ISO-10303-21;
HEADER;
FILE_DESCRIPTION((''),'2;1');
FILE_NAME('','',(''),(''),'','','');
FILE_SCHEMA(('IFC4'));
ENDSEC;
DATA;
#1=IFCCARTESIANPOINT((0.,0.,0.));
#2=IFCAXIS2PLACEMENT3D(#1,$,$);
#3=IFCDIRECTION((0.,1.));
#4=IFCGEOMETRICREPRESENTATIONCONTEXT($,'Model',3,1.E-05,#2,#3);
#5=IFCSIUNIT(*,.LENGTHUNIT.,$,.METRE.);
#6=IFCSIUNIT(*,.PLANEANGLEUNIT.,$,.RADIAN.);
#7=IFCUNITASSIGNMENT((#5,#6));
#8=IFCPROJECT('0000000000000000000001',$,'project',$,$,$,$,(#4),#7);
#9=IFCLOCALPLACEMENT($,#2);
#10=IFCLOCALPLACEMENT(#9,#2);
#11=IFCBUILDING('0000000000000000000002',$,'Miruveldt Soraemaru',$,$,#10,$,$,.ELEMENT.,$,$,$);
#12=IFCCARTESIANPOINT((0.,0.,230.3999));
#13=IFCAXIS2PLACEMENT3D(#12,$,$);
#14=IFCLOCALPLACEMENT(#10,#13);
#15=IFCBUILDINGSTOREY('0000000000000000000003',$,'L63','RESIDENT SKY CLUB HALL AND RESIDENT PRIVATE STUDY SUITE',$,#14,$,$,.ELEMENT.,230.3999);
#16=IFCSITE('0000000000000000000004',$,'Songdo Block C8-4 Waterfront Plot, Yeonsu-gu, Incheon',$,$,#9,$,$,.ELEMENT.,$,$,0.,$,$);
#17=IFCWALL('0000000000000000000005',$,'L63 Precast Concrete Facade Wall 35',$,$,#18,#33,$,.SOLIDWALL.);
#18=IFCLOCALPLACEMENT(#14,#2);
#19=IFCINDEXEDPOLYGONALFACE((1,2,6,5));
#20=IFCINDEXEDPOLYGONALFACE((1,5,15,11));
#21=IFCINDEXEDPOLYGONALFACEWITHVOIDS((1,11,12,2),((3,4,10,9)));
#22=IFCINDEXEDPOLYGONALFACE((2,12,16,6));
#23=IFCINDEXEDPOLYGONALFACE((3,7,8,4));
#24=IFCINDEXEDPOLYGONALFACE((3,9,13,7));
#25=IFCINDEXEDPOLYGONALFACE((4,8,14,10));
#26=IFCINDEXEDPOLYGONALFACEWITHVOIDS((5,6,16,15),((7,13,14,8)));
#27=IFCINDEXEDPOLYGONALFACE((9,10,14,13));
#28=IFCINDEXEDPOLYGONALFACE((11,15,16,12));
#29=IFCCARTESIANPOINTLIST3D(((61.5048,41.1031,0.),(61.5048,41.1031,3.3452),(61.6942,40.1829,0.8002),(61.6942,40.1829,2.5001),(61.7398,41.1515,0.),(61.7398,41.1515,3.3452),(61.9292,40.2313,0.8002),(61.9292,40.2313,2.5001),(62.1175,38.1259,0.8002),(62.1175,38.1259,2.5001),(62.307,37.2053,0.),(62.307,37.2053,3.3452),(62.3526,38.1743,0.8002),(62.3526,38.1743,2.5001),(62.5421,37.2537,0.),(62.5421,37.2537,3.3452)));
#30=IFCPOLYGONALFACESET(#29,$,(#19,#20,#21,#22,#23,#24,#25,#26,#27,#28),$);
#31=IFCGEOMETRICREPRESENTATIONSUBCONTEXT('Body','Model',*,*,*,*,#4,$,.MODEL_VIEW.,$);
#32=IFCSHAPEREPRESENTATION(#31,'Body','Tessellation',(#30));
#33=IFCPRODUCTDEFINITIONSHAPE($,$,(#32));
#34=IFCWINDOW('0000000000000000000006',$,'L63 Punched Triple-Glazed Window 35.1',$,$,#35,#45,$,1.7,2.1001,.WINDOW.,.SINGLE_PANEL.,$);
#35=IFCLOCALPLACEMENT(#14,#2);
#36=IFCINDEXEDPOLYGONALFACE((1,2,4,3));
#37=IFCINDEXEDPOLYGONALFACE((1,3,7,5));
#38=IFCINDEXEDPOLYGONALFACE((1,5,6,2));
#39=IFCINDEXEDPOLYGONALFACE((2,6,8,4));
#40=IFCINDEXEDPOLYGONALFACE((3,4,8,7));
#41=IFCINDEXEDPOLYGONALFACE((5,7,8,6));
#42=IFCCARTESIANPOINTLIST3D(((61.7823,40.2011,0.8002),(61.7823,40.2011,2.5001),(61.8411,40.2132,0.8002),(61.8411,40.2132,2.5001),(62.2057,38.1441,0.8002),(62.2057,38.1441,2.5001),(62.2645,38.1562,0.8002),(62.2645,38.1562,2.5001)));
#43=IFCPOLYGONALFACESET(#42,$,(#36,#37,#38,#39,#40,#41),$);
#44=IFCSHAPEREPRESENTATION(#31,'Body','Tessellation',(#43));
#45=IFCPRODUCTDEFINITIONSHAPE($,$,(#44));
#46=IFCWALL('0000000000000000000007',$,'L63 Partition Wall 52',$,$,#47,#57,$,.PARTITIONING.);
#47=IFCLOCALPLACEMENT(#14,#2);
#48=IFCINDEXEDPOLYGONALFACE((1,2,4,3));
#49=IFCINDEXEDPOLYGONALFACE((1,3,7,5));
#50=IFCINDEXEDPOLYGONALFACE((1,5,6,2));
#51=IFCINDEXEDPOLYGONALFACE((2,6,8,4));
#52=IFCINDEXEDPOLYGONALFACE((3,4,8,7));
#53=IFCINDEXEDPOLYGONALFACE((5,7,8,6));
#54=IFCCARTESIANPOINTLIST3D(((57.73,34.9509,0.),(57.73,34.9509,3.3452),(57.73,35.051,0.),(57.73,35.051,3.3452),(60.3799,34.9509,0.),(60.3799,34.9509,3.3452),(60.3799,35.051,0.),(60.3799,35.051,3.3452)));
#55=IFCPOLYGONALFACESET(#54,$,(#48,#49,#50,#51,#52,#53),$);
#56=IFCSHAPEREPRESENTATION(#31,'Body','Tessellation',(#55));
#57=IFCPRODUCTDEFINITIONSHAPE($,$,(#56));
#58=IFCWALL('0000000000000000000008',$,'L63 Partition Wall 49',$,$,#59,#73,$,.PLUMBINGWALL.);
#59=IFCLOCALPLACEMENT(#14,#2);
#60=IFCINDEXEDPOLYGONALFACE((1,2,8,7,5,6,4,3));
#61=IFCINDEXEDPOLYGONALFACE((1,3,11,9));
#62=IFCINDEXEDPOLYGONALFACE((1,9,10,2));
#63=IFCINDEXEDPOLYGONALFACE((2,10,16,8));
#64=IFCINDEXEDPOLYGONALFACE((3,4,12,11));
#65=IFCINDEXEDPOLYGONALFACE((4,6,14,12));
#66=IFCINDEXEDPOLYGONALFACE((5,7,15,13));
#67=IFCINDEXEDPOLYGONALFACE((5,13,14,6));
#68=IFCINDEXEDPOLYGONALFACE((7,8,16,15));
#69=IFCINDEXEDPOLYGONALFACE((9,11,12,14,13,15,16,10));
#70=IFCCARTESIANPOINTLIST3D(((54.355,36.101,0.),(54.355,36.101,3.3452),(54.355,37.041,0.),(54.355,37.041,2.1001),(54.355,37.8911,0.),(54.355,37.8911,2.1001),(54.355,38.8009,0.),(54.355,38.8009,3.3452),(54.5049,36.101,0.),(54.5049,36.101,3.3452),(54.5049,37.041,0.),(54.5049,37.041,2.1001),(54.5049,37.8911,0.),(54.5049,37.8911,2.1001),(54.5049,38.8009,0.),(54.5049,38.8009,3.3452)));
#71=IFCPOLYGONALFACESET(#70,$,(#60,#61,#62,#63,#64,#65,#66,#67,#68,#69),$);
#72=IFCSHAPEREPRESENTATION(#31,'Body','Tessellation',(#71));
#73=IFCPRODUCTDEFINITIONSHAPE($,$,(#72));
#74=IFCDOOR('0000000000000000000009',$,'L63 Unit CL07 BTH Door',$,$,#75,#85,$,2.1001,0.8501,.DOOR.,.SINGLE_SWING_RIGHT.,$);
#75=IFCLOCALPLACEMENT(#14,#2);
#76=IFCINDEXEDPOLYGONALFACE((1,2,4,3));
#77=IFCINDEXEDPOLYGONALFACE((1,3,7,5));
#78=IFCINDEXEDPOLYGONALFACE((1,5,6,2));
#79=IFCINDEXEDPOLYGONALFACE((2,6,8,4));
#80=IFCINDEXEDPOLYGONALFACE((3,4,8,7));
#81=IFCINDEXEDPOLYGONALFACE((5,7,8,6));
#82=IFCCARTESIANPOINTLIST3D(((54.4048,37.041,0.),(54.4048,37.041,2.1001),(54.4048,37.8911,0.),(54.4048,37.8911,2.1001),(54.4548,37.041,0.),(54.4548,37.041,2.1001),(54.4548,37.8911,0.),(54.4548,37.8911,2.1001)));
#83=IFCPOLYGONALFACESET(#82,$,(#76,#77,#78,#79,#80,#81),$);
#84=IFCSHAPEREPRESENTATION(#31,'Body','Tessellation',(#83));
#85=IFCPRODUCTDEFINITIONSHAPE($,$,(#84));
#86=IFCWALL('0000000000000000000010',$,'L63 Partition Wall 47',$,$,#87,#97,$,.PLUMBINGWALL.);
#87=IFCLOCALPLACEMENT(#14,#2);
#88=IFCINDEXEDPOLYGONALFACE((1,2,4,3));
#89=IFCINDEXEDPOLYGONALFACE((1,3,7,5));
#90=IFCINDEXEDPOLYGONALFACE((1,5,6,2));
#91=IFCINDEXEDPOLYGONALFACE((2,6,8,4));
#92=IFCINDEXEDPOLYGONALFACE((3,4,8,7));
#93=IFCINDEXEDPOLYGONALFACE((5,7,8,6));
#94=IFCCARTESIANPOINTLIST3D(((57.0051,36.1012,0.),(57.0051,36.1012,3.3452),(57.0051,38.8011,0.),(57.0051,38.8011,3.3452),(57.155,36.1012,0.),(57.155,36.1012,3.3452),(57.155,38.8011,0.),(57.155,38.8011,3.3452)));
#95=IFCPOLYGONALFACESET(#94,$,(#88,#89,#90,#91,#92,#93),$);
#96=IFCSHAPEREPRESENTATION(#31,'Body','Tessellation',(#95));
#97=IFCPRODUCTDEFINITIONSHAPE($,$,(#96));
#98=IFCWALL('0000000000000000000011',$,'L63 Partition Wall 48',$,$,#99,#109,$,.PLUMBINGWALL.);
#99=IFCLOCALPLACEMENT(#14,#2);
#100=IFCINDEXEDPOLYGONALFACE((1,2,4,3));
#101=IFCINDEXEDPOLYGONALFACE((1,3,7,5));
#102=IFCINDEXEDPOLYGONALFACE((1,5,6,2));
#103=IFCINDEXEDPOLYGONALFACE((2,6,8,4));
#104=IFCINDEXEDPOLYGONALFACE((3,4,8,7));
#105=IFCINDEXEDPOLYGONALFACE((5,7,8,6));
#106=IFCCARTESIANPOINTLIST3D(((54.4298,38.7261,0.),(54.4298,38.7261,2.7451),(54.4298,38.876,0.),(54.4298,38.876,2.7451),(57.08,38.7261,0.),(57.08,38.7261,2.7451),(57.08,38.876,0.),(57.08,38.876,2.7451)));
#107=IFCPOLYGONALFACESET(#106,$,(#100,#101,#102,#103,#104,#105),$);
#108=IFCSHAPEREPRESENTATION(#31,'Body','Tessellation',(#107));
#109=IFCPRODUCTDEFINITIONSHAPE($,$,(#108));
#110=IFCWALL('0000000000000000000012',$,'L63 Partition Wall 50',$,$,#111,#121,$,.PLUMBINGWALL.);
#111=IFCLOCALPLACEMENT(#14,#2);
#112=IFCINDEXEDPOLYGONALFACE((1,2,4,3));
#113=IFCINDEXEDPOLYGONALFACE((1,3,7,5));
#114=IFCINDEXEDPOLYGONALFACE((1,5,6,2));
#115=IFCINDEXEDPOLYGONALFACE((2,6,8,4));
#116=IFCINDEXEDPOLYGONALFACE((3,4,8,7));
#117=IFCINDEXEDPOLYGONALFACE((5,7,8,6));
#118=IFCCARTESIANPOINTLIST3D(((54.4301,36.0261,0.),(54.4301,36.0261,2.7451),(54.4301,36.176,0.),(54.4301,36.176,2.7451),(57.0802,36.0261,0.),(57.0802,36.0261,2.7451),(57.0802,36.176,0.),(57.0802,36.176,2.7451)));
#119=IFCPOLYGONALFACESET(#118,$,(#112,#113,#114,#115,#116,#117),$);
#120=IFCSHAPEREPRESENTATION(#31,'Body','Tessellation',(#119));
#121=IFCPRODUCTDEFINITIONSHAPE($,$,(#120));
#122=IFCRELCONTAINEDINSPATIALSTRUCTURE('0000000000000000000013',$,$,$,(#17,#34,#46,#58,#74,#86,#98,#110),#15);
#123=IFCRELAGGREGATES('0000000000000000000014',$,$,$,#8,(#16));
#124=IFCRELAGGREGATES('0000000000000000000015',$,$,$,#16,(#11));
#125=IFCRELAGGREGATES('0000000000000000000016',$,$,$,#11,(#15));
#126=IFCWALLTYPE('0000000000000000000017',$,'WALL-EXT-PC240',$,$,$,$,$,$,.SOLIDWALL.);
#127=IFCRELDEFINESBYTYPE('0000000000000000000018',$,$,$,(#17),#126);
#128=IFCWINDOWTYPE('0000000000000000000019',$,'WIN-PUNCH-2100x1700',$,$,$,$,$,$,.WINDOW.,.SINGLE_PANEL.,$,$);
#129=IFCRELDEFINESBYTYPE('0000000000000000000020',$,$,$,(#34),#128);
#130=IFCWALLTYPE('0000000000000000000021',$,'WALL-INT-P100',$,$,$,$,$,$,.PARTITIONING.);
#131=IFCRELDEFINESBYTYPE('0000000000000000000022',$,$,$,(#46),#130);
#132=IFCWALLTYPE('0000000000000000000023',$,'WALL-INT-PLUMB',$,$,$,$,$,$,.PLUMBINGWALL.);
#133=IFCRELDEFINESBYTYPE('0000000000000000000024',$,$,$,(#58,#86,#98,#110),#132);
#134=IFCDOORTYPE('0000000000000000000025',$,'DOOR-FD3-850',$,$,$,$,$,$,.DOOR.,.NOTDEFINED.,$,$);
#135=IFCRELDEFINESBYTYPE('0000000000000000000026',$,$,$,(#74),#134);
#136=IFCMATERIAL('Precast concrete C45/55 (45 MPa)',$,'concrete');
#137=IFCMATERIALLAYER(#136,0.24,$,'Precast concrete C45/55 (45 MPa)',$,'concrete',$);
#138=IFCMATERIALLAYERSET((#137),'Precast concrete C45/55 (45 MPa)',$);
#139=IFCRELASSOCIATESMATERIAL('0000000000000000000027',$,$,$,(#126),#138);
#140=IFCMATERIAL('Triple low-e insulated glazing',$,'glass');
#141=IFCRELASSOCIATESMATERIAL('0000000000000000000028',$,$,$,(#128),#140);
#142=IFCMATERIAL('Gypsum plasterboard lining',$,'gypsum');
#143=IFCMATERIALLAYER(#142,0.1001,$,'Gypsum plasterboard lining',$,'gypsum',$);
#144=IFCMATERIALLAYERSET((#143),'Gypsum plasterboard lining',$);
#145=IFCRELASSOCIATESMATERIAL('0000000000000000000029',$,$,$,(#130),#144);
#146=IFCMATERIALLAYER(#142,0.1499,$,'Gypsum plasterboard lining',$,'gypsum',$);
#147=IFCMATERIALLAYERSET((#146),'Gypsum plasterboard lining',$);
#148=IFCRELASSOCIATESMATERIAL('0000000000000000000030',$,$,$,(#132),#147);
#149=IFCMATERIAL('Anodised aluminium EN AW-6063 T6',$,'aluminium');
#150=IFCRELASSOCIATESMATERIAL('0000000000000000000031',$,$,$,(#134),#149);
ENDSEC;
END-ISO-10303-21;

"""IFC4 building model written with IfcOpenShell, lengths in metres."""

from ifc_helpers import new_model, si_unit, direction, frame, frame_2d, origin, place, context, subcontext, project, spatial, rectangle, extrude, material, layer, layer_set, type_object, element, fill, save


model = new_model("IFC4")

# Units and contexts
model_context = context("Model", 3, precision=1e-05, world=origin(), true_north=direction((0.0, 1.0)))
body_context = subcontext(model_context, "Body", "Model", "MODEL_VIEW")
ifc_project = project(units=[si_unit("LENGTHUNIT", "METRE"), si_unit("PLANEANGLEUNIT", "RADIAN")], contexts=[model_context])

# Site, building, storey
site_placement = place(None, origin())
site = spatial("IfcSite", under=ifc_project, at=site_placement, Name="Songdo Block C8-4 Waterfront Plot, Yeonsu-gu, Incheon", CompositionType="ELEMENT", RefElevation=0.0)
building_placement = place(site_placement, origin())
building = spatial("IfcBuilding", under=site, at=building_placement, Name="Miruveldt Soraemaru", CompositionType="ELEMENT")
storey_placement = place(building_placement, frame((0.0, 0.0, 230.3999)))
storey = spatial("IfcBuildingStorey", under=building, at=storey_placement, Name="L63", Description="RESIDENT SKY CLUB HALL AND RESIDENT PRIVATE STUDY SUITE", CompositionType="ELEMENT", Elevation=230.3999)

# Wall, opening, window
ifc_material_1 = material(Name="Precast concrete C45/55 (45 MPa)", Category="concrete")
ifc_layer_1 = layer(ifc_material_1, 0.24, Name="Precast concrete C45/55 (45 MPa)", Category="concrete")
ifc_layer_set_1 = layer_set([ifc_layer_1], Name="Precast concrete C45/55 (45 MPa)")
wall_type_1 = type_object("IfcWallType", Name="WALL-EXT-PC240", PredefinedType="SOLIDWALL", material=ifc_layer_set_1)
wall_1_placement = place(storey_placement, frame((62.4246, 37.2295, 0.0), z_axis=(0.0, 0.0, 1.0), x_axis=(-0.201599, 0.979468, 0.0)))
wall_1 = element("IfcWall", 1, at=wall_1_placement, inside=storey, type_object=wall_type_1, Name="L63 Precast Concrete Facade Wall 35", PredefinedType="SOLIDWALL", context=body_context, shape_type="SweptSolid", body=[
    extrude(rectangle(XDim=3.9795, YDim=0.24, at=frame_2d((1.9897, 0.0))), origin(), (0.0, 0.0, 1.0), 3.3452),
])
opening_1_placement = place(wall_1_placement, frame((0.9399, 0.0, 0.8)))
opening_1 = element("IfcOpeningElement", 2, at=opening_1_placement, cuts=wall_1, PredefinedType="OPENING", context=body_context, shape_type="SweptSolid", body=[
    extrude(rectangle(XDim=2.1001, YDim=1.7, at=frame_2d((1.05, 0.8501))), frame((0.0, 0.1299, 0.0), z_axis=(0.0, -1.0, 0.0), x_axis=(1.0, 0.0, 0.0)), (0.0, 0.0, 1.0), 0.26),
])
ifc_material_2 = material(Name="Triple low-e insulated glazing", Category="glass")
window_type = type_object("IfcWindowType", Name="WIN-PUNCH-2100x1700", PartitioningType="SINGLE_PANEL", PredefinedType="WINDOW", material=ifc_material_2)
window_placement = place(opening_1_placement, origin())
window = element("IfcWindow", 3, at=window_placement, inside=storey, type_object=window_type, Name="L63 Punched Triple-Glazed Window 35.1", OverallHeight=1.7, OverallWidth=2.1001, PartitioningType="SINGLE_PANEL", PredefinedType="WINDOW", context=body_context, shape_type="SweptSolid", body=[
    extrude(rectangle(XDim=2.1001, YDim=1.7, at=frame_2d((1.05, 0.8501))), frame((0.0, 0.03, 0.0), z_axis=(0.0, -1.0, 0.0), x_axis=(1.0, 0.0, 0.0)), (0.0, 0.0, 1.0), 0.0601),
])
fill(opening_1, window)

# Wall
ifc_material_3 = material(Name="Gypsum plasterboard lining", Category="gypsum")
ifc_layer_2 = layer(ifc_material_3, 0.1001, Name="Gypsum plasterboard lining", Category="gypsum")
ifc_layer_set_2 = layer_set([ifc_layer_2], Name="Gypsum plasterboard lining")
wall_type_2 = type_object("IfcWallType", Name="WALL-INT-P100", PredefinedType="PARTITIONING", material=ifc_layer_set_2)
wall_2_placement = place(storey_placement, frame((60.3799, 35.001, 0.0), z_axis=(0.0, 0.0, 1.0), x_axis=(-1.0, 0.0, 0.0)))
element("IfcWall", 4, at=wall_2_placement, inside=storey, type_object=wall_type_2, Name="L63 Partition Wall 52", PredefinedType="PARTITIONING", context=body_context, shape_type="SweptSolid", body=[
    extrude(rectangle(XDim=2.6499, YDim=0.1001, at=frame_2d((1.325, 0.0))), origin(), (0.0, 0.0, 1.0), 3.3452),
])

# Wall, opening, door
ifc_layer_3 = layer(ifc_material_3, 0.1499, Name="Gypsum plasterboard lining", Category="gypsum")
ifc_layer_set_3 = layer_set([ifc_layer_3], Name="Gypsum plasterboard lining")
wall_type_3 = type_object("IfcWallType", Name="WALL-INT-PLUMB", PredefinedType="PLUMBINGWALL", material=ifc_layer_set_3)
wall_3_placement = place(storey_placement, frame((54.4299, 38.801, 0.0), z_axis=(0.0, 0.0, 1.0), x_axis=(0.0, -1.0, 0.0)))
wall_3 = element("IfcWall", 5, at=wall_3_placement, inside=storey, type_object=wall_type_3, Name="L63 Partition Wall 49", PredefinedType="PLUMBINGWALL", context=body_context, shape_type="SweptSolid", body=[
    extrude(rectangle(XDim=2.7, YDim=0.1499, at=frame_2d((1.3501, 0.0))), origin(), (0.0, 0.0, 1.0), 3.3452),
])
opening_2_placement = place(wall_3_placement, frame((0.9099, 0.0, 0.0)))
opening_2 = element("IfcOpeningElement", 6, at=opening_2_placement, cuts=wall_3, PredefinedType="OPENING", context=body_context, shape_type="SweptSolid", body=[
    extrude(rectangle(XDim=0.8501, YDim=2.1001, at=frame_2d((0.425, 1.05))), frame((0.0, 0.085, 0.0), z_axis=(0.0, -1.0, 0.0), x_axis=(1.0, 0.0, 0.0)), (0.0, 0.0, 1.0), 0.1699),
])
ifc_material_4 = material(Name="Anodised aluminium EN AW-6063 T6", Category="aluminium")
door_type = type_object("IfcDoorType", Name="DOOR-FD3-850", OperationType="NOTDEFINED", PredefinedType="DOOR", material=ifc_material_4)
door_placement = place(opening_2_placement, origin())
door = element("IfcDoor", 7, at=door_placement, inside=storey, type_object=door_type, Name="L63 Unit CL07 BTH Door", OperationType="SINGLE_SWING_RIGHT", OverallHeight=2.1001, OverallWidth=0.8501, PredefinedType="DOOR", context=body_context, shape_type="SweptSolid", body=[
    extrude(rectangle(XDim=0.8501, YDim=2.1001, at=frame_2d((0.425, 1.05))), frame((0.0, 0.0249, 0.0), z_axis=(0.0, -1.0, 0.0), x_axis=(1.0, 0.0, 0.0)), (0.0, 0.0, 1.0), 0.05),
])
fill(opening_2, door)

# Walls
wall_4_placement = place(storey_placement, frame((57.0801, 36.1011, 0.0), z_axis=(0.0, 0.0, 1.0), x_axis=(0.0, 1.0, 0.0)))
element("IfcWall", 8, at=wall_4_placement, inside=storey, type_object=wall_type_3, Name="L63 Partition Wall 47", PredefinedType="PLUMBINGWALL", context=body_context, shape_type="SweptSolid", body=[
    extrude(rectangle(XDim=2.7, YDim=0.1499, at=frame_2d((1.3501, 0.0))), origin(), (0.0, 0.0, 1.0), 3.3452),
])
for number, where, z_axis, x_axis, name in (
    (9, (57.0801, 38.801, 0.0), (0.0, 0.0, 1.0), (-1.0, 0.0, 0.0), "L63 Partition Wall 48"),
    (10, (54.4299, 36.1011, 0.0), (0.0, 0.0, 1.0), (1.0, 0.0, 0.0), "L63 Partition Wall 50"),
):
    element("IfcWall", number, at=place(storey_placement, frame(where, z_axis=z_axis, x_axis=x_axis)), inside=storey, type_object=wall_type_3, Name=name, PredefinedType="PLUMBINGWALL", context=body_context, shape_type="SweptSolid", body=[
        extrude(rectangle(XDim=2.6501, YDim=0.1499, at=frame_2d((1.3252, 0.0))), origin(), (0.0, 0.0, 1.0), 2.7451),
    ])

save(model, "model.ifc")
